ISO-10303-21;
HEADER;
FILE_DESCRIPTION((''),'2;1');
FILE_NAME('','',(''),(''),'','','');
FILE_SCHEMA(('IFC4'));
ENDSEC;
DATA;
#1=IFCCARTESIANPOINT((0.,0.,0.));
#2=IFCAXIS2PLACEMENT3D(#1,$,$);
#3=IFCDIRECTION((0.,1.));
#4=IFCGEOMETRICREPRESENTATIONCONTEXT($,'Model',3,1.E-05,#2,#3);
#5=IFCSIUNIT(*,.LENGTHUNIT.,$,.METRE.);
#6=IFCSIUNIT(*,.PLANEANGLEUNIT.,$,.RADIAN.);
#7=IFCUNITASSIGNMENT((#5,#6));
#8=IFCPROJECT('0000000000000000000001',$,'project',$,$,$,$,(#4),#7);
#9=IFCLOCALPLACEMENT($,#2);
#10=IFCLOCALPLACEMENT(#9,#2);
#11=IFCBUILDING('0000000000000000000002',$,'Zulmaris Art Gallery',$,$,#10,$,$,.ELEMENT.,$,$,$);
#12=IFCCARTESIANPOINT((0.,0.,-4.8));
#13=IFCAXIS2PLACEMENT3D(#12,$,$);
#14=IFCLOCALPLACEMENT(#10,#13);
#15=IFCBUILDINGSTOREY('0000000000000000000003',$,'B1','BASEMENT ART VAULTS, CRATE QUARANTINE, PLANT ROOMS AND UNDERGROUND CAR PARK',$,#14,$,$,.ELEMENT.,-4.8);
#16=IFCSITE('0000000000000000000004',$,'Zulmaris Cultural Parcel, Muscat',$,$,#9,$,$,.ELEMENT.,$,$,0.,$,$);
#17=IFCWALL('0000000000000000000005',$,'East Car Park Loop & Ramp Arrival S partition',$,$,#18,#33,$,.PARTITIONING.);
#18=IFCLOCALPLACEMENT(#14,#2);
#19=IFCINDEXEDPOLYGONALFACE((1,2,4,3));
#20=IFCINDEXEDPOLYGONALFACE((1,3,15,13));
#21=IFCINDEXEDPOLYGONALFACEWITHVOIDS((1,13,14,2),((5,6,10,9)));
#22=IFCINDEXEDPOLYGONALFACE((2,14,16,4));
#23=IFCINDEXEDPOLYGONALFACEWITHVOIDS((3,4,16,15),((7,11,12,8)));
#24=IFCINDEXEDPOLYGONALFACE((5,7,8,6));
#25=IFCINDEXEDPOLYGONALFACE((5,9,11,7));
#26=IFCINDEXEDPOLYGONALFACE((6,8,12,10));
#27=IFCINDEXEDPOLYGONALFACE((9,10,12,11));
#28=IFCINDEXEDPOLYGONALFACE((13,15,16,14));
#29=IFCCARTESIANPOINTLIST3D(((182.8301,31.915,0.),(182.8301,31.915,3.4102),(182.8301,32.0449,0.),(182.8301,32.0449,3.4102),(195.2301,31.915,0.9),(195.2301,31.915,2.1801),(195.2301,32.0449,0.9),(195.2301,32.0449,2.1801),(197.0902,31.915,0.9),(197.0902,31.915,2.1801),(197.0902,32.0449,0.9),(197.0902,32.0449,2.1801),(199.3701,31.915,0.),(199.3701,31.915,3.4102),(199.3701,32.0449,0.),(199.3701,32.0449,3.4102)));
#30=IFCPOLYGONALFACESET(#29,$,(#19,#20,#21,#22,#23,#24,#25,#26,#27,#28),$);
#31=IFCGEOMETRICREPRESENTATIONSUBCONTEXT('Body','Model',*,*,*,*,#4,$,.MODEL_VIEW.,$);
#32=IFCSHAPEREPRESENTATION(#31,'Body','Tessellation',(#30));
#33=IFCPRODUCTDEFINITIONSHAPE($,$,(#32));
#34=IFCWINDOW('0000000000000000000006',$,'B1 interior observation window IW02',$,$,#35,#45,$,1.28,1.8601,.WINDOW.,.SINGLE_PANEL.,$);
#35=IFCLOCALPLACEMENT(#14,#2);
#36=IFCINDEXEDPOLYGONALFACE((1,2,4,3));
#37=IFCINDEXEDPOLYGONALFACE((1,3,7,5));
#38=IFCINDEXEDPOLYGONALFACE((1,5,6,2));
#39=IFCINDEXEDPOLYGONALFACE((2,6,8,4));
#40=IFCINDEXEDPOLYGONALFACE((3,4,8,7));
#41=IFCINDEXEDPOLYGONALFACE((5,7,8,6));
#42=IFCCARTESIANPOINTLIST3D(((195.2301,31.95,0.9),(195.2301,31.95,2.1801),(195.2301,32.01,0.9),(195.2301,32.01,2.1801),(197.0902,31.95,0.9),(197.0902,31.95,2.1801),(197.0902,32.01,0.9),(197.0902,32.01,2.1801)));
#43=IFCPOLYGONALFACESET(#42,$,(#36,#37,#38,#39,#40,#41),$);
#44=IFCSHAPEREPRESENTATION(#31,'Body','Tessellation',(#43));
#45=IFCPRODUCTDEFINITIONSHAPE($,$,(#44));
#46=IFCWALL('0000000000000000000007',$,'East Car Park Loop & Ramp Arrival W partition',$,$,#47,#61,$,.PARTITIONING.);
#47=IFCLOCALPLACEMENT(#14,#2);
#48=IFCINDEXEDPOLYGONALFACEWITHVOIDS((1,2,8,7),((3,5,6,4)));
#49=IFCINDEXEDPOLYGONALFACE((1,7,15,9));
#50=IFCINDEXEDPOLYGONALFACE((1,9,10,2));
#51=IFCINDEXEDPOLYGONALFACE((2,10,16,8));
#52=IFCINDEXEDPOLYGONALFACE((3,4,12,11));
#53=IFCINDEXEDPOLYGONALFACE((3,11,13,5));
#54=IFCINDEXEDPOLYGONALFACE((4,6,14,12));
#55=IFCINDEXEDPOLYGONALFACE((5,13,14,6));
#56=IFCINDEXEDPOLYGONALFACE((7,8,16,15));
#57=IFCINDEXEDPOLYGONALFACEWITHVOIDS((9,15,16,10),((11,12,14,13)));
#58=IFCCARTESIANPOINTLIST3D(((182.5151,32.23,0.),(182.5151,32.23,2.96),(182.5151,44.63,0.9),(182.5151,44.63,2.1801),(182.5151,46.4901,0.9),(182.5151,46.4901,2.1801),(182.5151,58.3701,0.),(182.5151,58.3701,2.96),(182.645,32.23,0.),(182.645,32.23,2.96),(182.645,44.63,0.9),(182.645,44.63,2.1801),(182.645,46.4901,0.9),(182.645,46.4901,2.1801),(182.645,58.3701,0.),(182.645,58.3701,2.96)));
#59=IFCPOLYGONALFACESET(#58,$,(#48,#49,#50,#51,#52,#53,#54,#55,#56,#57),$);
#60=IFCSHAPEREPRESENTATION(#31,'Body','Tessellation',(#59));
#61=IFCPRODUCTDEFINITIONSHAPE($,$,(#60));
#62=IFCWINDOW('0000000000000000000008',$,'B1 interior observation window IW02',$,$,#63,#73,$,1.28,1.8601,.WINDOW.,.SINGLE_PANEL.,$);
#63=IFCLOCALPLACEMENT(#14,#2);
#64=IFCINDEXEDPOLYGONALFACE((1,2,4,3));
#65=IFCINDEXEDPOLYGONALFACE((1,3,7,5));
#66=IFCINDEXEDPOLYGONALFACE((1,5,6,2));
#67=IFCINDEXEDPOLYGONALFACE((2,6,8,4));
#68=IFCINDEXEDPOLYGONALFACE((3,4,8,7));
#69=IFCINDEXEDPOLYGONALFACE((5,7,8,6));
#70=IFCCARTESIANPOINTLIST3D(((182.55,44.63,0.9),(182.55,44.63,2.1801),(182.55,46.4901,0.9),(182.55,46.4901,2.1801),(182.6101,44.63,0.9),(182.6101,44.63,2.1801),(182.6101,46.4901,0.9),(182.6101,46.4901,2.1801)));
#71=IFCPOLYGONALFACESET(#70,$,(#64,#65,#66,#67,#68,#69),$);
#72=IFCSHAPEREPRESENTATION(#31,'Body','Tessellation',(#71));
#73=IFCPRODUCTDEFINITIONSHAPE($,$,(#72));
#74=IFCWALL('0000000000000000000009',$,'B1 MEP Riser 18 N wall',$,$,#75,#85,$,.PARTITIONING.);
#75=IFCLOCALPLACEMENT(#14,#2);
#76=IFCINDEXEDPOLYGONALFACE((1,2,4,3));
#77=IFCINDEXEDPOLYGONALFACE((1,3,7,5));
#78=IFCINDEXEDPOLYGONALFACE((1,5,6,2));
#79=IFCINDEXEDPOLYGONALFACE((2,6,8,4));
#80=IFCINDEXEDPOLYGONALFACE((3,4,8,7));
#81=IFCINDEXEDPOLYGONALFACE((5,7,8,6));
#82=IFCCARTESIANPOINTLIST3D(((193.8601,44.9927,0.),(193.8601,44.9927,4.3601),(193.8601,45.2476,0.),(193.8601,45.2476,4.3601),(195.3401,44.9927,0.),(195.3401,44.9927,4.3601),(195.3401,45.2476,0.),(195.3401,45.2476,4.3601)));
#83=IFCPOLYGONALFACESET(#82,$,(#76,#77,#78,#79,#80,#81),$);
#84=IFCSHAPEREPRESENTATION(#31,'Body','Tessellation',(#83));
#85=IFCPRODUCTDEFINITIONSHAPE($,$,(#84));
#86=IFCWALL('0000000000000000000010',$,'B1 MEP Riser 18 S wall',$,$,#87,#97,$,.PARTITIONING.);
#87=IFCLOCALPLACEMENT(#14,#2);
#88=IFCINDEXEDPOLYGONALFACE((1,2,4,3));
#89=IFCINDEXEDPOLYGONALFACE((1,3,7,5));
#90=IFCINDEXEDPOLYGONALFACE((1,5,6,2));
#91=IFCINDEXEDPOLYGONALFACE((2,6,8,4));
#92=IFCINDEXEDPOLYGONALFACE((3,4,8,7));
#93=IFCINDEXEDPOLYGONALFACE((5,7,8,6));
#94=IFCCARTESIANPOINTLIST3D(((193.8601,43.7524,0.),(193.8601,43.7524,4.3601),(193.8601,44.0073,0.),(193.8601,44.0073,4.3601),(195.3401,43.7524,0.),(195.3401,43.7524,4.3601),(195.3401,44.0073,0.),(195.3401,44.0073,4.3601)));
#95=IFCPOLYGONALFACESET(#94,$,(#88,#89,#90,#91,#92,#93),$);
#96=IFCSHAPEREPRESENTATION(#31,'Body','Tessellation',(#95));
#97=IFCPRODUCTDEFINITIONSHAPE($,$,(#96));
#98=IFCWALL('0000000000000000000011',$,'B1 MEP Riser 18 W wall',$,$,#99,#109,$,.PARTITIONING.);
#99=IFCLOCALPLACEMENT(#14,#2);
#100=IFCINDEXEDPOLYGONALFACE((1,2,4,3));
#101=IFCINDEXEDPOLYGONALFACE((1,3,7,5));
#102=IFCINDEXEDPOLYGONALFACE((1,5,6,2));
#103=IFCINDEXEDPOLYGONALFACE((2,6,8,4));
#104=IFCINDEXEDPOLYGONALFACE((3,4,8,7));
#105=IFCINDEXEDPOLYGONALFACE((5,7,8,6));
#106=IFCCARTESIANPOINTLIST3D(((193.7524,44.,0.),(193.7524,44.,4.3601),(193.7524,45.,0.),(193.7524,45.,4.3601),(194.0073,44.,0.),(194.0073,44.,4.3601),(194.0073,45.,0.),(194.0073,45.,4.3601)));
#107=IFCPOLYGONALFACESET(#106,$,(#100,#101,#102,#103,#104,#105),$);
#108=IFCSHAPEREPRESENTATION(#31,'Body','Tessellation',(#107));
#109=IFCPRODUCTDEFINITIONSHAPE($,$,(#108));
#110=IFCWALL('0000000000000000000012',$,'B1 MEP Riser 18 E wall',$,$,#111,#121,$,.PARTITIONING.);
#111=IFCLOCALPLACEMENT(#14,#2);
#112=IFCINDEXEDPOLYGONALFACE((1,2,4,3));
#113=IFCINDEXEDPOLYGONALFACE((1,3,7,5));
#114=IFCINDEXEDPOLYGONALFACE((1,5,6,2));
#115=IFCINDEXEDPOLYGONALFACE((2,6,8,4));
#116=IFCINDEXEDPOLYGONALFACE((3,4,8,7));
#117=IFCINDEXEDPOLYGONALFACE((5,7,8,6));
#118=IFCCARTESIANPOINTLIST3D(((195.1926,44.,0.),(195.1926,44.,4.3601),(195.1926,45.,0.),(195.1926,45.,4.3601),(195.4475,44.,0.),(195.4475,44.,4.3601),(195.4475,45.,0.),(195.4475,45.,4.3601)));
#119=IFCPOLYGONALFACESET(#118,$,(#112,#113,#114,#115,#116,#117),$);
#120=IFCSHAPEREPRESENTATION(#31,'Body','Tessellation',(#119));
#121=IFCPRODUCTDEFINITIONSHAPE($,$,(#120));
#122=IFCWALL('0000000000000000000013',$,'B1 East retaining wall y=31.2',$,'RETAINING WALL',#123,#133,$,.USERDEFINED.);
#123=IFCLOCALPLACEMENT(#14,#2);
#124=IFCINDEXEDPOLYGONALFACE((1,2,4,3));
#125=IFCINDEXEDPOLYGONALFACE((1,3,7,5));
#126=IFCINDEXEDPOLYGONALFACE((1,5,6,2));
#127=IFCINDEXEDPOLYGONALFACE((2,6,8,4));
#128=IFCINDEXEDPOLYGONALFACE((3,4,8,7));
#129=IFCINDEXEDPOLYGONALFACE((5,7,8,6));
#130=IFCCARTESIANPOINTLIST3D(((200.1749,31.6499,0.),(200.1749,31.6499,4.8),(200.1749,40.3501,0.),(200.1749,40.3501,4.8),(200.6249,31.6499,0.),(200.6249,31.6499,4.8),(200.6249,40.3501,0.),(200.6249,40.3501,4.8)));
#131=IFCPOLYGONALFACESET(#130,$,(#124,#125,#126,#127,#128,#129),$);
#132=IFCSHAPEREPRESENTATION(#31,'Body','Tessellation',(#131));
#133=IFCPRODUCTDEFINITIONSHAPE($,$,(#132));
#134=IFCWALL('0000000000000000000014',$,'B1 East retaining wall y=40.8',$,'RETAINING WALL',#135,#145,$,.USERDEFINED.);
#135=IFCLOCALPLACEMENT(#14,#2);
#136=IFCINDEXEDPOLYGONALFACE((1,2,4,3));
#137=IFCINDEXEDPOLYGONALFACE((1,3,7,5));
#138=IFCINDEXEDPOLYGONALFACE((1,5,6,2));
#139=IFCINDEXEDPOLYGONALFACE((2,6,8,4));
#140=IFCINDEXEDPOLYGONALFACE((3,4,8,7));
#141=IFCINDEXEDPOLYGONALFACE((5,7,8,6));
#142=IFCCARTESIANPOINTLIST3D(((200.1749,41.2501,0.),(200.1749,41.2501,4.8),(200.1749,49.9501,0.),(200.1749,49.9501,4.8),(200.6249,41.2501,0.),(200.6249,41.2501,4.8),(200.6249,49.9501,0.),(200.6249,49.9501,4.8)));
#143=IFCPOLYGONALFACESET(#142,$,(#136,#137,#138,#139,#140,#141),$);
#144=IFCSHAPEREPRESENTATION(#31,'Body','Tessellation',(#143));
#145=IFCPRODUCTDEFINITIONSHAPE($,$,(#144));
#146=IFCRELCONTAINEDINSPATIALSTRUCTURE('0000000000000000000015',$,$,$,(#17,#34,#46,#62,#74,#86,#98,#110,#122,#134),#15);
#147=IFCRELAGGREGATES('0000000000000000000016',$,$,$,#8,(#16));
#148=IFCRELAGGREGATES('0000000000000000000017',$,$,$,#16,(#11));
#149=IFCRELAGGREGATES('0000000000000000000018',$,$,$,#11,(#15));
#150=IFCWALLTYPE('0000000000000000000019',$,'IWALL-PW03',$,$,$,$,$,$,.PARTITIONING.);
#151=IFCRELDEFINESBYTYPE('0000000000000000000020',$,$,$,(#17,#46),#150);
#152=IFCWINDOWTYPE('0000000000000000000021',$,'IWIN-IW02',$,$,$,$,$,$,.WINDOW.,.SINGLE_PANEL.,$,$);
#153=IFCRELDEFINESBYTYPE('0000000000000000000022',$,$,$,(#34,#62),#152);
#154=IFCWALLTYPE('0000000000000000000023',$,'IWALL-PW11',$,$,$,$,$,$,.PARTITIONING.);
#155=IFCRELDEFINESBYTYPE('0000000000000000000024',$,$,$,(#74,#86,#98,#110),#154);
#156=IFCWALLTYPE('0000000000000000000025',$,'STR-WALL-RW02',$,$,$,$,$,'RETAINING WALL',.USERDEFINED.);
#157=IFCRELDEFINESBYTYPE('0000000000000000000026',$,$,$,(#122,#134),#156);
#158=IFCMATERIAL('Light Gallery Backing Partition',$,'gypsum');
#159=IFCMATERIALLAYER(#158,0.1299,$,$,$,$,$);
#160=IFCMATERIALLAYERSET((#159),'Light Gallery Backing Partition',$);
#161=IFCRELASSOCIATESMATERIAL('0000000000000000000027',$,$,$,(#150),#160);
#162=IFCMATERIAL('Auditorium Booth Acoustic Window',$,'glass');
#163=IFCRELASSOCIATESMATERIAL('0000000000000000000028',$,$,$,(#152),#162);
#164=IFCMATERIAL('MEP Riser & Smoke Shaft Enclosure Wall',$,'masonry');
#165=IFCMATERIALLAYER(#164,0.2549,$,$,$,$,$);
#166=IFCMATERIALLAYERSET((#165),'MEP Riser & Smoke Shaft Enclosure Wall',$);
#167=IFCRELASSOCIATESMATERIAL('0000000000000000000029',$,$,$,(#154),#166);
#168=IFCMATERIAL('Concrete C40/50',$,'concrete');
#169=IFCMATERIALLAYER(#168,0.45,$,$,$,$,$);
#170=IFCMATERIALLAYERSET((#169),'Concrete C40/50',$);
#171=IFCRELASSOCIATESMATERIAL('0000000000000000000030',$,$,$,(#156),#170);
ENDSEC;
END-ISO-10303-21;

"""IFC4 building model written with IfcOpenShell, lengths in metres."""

from ifc_helpers import new_model, si_unit, direction, frame, frame_2d, origin, place, context, subcontext, project, spatial, rectangle, extrude, material, layer, layer_set, type_object, element, fill, save


model = new_model("IFC4")

# Units and contexts
model_context = context("Model", 3, precision=1e-05, world=origin(), true_north=direction((0.0, 1.0)))
body_context = subcontext(model_context, "Body", "Model", "MODEL_VIEW")
ifc_project = project(units=[si_unit("LENGTHUNIT", "METRE"), si_unit("PLANEANGLEUNIT", "RADIAN")], contexts=[model_context])

# Site, building, storey
site_placement = place(None, origin())
site = spatial("IfcSite", under=ifc_project, at=site_placement, Name="Zulmaris Cultural Parcel, Muscat", CompositionType="ELEMENT", RefElevation=0.0)
building_placement = place(site_placement, origin())
building = spatial("IfcBuilding", under=site, at=building_placement, Name="Zulmaris Art Gallery", CompositionType="ELEMENT")
storey_placement = place(building_placement, frame((0.0, 0.0, -4.8)))
storey = spatial("IfcBuildingStorey", under=building, at=storey_placement, Name="B1", Description="BASEMENT ART VAULTS, CRATE QUARANTINE, PLANT ROOMS AND UNDERGROUND CAR PARK", CompositionType="ELEMENT", Elevation=-4.8)

# Shared definitions
ifc_material_1 = material(Name="Concrete C40/50", Category="concrete")

# Walls, openings, windows
ifc_material_2 = material(Name="Light Gallery Backing Partition", Category="gypsum")
ifc_layer_1 = layer(ifc_material_2, 0.1299)
ifc_layer_set_1 = layer_set([ifc_layer_1], Name="Light Gallery Backing Partition")
wall_type_1 = type_object("IfcWallType", Name="IWALL-PW03", PredefinedType="PARTITIONING", material=ifc_layer_set_1)
wall_1_placement = place(storey_placement, frame((182.8301, 31.98, 0.0), z_axis=(0.0, 0.0, 1.0), x_axis=(1.0, 0.0, 0.0)))
wall_1 = element("IfcWall", 1, at=wall_1_placement, inside=storey, type_object=wall_type_1, Name="East Car Park Loop & Ramp Arrival S partition", PredefinedType="PARTITIONING", context=body_context, shape_type="SweptSolid", body=[
    extrude(rectangle(XDim=16.54, YDim=0.1299, at=frame_2d((8.27, 0.0))), origin(), (0.0, 0.0, 1.0), 3.4102),
])
opening_1_placement = place(wall_1_placement, frame((12.3999, 0.0, 0.8999)))
opening_1 = element("IfcOpeningElement", 2, at=opening_1_placement, cuts=wall_1, PredefinedType="OPENING", context=body_context, shape_type="SweptSolid", body=[
    extrude(rectangle(XDim=1.8601, YDim=1.28, at=frame_2d((0.9302, 0.6401))), frame((0.0, 0.075, 0.0), z_axis=(0.0, -1.0, 0.0), x_axis=(1.0, 0.0, 0.0)), (0.0, 0.0, 1.0), 0.1499),
])
ifc_material_3 = material(Name="Auditorium Booth Acoustic Window", Category="glass")
window_type = type_object("IfcWindowType", Name="IWIN-IW02", PartitioningType="SINGLE_PANEL", PredefinedType="WINDOW", material=ifc_material_3)
window_1_placement = place(opening_1_placement, origin())
window_1 = element("IfcWindow", 3, at=window_1_placement, inside=storey, type_object=window_type, Name="B1 interior observation window IW02", OverallHeight=1.28, OverallWidth=1.8601, PartitioningType="SINGLE_PANEL", PredefinedType="WINDOW", context=body_context, shape_type="SweptSolid", body=[
    extrude(rectangle(XDim=1.8601, YDim=1.28, at=frame_2d((0.9302, 0.6401))), frame((0.0, 0.03, 0.0), z_axis=(0.0, -1.0, 0.0), x_axis=(1.0, 0.0, 0.0)), (0.0, 0.0, 1.0), 0.0601),
])
fill(opening_1, window_1)
wall_2_placement = place(storey_placement, frame((182.5801, 32.23, 0.0), z_axis=(0.0, 0.0, 1.0), x_axis=(0.0, 1.0, 0.0)))
wall_2 = element("IfcWall", 4, at=wall_2_placement, inside=storey, type_object=wall_type_1, Name="East Car Park Loop & Ramp Arrival W partition", PredefinedType="PARTITIONING", context=body_context, shape_type="SweptSolid", body=[
    extrude(rectangle(XDim=26.1401, YDim=0.1299, at=frame_2d((13.0701, 0.0))), origin(), (0.0, 0.0, 1.0), 2.96),
])
opening_2_placement = place(wall_2_placement, frame((12.3999, 0.0, 0.8999)))
opening_2 = element("IfcOpeningElement", 5, at=opening_2_placement, cuts=wall_2, PredefinedType="OPENING", context=body_context, shape_type="SweptSolid", body=[
    extrude(rectangle(XDim=1.8601, YDim=1.28, at=frame_2d((0.9302, 0.6401))), frame((0.0, 0.075, 0.0), z_axis=(0.0, -1.0, 0.0), x_axis=(1.0, 0.0, 0.0)), (0.0, 0.0, 1.0), 0.1499),
])
window_2_placement = place(opening_2_placement, origin())
window_2 = element("IfcWindow", 6, at=window_2_placement, inside=storey, type_object=window_type, Name="B1 interior observation window IW02", OverallHeight=1.28, OverallWidth=1.8601, PartitioningType="SINGLE_PANEL", PredefinedType="WINDOW", context=body_context, shape_type="SweptSolid", body=[
    extrude(rectangle(XDim=1.8601, YDim=1.28, at=frame_2d((0.9302, 0.6401))), frame((0.0, 0.03, 0.0), z_axis=(0.0, -1.0, 0.0), x_axis=(1.0, 0.0, 0.0)), (0.0, 0.0, 1.0), 0.0601),
])
fill(opening_2, window_2)

# Walls
ifc_material_4 = material(Name="MEP Riser & Smoke Shaft Enclosure Wall", Category="masonry")
ifc_layer_2 = layer(ifc_material_4, 0.2549)
ifc_layer_set_2 = layer_set([ifc_layer_2], Name="MEP Riser & Smoke Shaft Enclosure Wall")
wall_type_2 = type_object("IfcWallType", Name="IWALL-PW11", PredefinedType="PARTITIONING", material=ifc_layer_set_2)
for number, where, z_axis, x_axis, name in (
    (7, (193.8601, 45.1201, 0.0), (0.0, 0.0, 1.0), (1.0, 0.0, 0.0), "B1 MEP Riser 18 N wall"),
    (8, (193.8601, 43.8799, 0.0), (0.0, 0.0, 1.0), (1.0, 0.0, 0.0), "B1 MEP Riser 18 S wall"),
):
    element("IfcWall", number, at=place(storey_placement, frame(where, z_axis=z_axis, x_axis=x_axis)), inside=storey, type_object=wall_type_2, Name=name, PredefinedType="PARTITIONING", context=body_context, shape_type="SweptSolid", body=[
        extrude(rectangle(XDim=1.48, YDim=0.2549, at=frame_2d((0.74, 0.0))), origin(), (0.0, 0.0, 1.0), 4.3601),
    ])
for number, where, z_axis, x_axis, name in (
    (9, (193.8799, 44.0, 0.0), (0.0, 0.0, 1.0), (0.0, 1.0, 0.0), "B1 MEP Riser 18 W wall"),
    (10, (195.3201, 44.0, 0.0), (0.0, 0.0, 1.0), (0.0, 1.0, 0.0), "B1 MEP Riser 18 E wall"),
):
    element("IfcWall", number, at=place(storey_placement, frame(where, z_axis=z_axis, x_axis=x_axis)), inside=storey, type_object=wall_type_2, Name=name, PredefinedType="PARTITIONING", context=body_context, shape_type="SweptSolid", body=[
        extrude(rectangle(XDim=1.0, YDim=0.2549, at=frame_2d((0.5, 0.0))), origin(), (0.0, 0.0, 1.0), 4.3601),
    ])
ifc_layer_3 = layer(ifc_material_1, 0.45)
ifc_layer_set_3 = layer_set([ifc_layer_3], Name="Concrete C40/50")
wall_type_3 = type_object("IfcWallType", Name="STR-WALL-RW02", ElementType="RETAINING WALL", PredefinedType="USERDEFINED", material=ifc_layer_set_3)
wall_3_placement = place(storey_placement, frame((200.3999, 31.6499, 0.0), z_axis=(0.0, 0.0, 1.0), x_axis=(0.0, 1.0, 0.0)))
element("IfcWall", 11, at=wall_3_placement, inside=storey, type_object=wall_type_3, Name="B1 East retaining wall y=31.2", ObjectType="RETAINING WALL", PredefinedType="USERDEFINED", context=body_context, shape_type="SweptSolid", body=[
    extrude(rectangle(XDim=8.7002, YDim=0.45, at=frame_2d((4.3501, 0.0))), origin(), (0.0, 0.0, 1.0), 4.8),
])
wall_4_placement = place(storey_placement, frame((200.3999, 41.25, 0.0), z_axis=(0.0, 0.0, 1.0), x_axis=(0.0, 1.0, 0.0)))
element("IfcWall", 12, at=wall_4_placement, inside=storey, type_object=wall_type_3, Name="B1 East retaining wall y=40.8", ObjectType="RETAINING WALL", PredefinedType="USERDEFINED", context=body_context, shape_type="SweptSolid", body=[
    extrude(rectangle(XDim=8.7, YDim=0.45, at=frame_2d((4.3501, 0.0))), origin(), (0.0, 0.0, 1.0), 4.8),
])

save(model, "model.ifc")
